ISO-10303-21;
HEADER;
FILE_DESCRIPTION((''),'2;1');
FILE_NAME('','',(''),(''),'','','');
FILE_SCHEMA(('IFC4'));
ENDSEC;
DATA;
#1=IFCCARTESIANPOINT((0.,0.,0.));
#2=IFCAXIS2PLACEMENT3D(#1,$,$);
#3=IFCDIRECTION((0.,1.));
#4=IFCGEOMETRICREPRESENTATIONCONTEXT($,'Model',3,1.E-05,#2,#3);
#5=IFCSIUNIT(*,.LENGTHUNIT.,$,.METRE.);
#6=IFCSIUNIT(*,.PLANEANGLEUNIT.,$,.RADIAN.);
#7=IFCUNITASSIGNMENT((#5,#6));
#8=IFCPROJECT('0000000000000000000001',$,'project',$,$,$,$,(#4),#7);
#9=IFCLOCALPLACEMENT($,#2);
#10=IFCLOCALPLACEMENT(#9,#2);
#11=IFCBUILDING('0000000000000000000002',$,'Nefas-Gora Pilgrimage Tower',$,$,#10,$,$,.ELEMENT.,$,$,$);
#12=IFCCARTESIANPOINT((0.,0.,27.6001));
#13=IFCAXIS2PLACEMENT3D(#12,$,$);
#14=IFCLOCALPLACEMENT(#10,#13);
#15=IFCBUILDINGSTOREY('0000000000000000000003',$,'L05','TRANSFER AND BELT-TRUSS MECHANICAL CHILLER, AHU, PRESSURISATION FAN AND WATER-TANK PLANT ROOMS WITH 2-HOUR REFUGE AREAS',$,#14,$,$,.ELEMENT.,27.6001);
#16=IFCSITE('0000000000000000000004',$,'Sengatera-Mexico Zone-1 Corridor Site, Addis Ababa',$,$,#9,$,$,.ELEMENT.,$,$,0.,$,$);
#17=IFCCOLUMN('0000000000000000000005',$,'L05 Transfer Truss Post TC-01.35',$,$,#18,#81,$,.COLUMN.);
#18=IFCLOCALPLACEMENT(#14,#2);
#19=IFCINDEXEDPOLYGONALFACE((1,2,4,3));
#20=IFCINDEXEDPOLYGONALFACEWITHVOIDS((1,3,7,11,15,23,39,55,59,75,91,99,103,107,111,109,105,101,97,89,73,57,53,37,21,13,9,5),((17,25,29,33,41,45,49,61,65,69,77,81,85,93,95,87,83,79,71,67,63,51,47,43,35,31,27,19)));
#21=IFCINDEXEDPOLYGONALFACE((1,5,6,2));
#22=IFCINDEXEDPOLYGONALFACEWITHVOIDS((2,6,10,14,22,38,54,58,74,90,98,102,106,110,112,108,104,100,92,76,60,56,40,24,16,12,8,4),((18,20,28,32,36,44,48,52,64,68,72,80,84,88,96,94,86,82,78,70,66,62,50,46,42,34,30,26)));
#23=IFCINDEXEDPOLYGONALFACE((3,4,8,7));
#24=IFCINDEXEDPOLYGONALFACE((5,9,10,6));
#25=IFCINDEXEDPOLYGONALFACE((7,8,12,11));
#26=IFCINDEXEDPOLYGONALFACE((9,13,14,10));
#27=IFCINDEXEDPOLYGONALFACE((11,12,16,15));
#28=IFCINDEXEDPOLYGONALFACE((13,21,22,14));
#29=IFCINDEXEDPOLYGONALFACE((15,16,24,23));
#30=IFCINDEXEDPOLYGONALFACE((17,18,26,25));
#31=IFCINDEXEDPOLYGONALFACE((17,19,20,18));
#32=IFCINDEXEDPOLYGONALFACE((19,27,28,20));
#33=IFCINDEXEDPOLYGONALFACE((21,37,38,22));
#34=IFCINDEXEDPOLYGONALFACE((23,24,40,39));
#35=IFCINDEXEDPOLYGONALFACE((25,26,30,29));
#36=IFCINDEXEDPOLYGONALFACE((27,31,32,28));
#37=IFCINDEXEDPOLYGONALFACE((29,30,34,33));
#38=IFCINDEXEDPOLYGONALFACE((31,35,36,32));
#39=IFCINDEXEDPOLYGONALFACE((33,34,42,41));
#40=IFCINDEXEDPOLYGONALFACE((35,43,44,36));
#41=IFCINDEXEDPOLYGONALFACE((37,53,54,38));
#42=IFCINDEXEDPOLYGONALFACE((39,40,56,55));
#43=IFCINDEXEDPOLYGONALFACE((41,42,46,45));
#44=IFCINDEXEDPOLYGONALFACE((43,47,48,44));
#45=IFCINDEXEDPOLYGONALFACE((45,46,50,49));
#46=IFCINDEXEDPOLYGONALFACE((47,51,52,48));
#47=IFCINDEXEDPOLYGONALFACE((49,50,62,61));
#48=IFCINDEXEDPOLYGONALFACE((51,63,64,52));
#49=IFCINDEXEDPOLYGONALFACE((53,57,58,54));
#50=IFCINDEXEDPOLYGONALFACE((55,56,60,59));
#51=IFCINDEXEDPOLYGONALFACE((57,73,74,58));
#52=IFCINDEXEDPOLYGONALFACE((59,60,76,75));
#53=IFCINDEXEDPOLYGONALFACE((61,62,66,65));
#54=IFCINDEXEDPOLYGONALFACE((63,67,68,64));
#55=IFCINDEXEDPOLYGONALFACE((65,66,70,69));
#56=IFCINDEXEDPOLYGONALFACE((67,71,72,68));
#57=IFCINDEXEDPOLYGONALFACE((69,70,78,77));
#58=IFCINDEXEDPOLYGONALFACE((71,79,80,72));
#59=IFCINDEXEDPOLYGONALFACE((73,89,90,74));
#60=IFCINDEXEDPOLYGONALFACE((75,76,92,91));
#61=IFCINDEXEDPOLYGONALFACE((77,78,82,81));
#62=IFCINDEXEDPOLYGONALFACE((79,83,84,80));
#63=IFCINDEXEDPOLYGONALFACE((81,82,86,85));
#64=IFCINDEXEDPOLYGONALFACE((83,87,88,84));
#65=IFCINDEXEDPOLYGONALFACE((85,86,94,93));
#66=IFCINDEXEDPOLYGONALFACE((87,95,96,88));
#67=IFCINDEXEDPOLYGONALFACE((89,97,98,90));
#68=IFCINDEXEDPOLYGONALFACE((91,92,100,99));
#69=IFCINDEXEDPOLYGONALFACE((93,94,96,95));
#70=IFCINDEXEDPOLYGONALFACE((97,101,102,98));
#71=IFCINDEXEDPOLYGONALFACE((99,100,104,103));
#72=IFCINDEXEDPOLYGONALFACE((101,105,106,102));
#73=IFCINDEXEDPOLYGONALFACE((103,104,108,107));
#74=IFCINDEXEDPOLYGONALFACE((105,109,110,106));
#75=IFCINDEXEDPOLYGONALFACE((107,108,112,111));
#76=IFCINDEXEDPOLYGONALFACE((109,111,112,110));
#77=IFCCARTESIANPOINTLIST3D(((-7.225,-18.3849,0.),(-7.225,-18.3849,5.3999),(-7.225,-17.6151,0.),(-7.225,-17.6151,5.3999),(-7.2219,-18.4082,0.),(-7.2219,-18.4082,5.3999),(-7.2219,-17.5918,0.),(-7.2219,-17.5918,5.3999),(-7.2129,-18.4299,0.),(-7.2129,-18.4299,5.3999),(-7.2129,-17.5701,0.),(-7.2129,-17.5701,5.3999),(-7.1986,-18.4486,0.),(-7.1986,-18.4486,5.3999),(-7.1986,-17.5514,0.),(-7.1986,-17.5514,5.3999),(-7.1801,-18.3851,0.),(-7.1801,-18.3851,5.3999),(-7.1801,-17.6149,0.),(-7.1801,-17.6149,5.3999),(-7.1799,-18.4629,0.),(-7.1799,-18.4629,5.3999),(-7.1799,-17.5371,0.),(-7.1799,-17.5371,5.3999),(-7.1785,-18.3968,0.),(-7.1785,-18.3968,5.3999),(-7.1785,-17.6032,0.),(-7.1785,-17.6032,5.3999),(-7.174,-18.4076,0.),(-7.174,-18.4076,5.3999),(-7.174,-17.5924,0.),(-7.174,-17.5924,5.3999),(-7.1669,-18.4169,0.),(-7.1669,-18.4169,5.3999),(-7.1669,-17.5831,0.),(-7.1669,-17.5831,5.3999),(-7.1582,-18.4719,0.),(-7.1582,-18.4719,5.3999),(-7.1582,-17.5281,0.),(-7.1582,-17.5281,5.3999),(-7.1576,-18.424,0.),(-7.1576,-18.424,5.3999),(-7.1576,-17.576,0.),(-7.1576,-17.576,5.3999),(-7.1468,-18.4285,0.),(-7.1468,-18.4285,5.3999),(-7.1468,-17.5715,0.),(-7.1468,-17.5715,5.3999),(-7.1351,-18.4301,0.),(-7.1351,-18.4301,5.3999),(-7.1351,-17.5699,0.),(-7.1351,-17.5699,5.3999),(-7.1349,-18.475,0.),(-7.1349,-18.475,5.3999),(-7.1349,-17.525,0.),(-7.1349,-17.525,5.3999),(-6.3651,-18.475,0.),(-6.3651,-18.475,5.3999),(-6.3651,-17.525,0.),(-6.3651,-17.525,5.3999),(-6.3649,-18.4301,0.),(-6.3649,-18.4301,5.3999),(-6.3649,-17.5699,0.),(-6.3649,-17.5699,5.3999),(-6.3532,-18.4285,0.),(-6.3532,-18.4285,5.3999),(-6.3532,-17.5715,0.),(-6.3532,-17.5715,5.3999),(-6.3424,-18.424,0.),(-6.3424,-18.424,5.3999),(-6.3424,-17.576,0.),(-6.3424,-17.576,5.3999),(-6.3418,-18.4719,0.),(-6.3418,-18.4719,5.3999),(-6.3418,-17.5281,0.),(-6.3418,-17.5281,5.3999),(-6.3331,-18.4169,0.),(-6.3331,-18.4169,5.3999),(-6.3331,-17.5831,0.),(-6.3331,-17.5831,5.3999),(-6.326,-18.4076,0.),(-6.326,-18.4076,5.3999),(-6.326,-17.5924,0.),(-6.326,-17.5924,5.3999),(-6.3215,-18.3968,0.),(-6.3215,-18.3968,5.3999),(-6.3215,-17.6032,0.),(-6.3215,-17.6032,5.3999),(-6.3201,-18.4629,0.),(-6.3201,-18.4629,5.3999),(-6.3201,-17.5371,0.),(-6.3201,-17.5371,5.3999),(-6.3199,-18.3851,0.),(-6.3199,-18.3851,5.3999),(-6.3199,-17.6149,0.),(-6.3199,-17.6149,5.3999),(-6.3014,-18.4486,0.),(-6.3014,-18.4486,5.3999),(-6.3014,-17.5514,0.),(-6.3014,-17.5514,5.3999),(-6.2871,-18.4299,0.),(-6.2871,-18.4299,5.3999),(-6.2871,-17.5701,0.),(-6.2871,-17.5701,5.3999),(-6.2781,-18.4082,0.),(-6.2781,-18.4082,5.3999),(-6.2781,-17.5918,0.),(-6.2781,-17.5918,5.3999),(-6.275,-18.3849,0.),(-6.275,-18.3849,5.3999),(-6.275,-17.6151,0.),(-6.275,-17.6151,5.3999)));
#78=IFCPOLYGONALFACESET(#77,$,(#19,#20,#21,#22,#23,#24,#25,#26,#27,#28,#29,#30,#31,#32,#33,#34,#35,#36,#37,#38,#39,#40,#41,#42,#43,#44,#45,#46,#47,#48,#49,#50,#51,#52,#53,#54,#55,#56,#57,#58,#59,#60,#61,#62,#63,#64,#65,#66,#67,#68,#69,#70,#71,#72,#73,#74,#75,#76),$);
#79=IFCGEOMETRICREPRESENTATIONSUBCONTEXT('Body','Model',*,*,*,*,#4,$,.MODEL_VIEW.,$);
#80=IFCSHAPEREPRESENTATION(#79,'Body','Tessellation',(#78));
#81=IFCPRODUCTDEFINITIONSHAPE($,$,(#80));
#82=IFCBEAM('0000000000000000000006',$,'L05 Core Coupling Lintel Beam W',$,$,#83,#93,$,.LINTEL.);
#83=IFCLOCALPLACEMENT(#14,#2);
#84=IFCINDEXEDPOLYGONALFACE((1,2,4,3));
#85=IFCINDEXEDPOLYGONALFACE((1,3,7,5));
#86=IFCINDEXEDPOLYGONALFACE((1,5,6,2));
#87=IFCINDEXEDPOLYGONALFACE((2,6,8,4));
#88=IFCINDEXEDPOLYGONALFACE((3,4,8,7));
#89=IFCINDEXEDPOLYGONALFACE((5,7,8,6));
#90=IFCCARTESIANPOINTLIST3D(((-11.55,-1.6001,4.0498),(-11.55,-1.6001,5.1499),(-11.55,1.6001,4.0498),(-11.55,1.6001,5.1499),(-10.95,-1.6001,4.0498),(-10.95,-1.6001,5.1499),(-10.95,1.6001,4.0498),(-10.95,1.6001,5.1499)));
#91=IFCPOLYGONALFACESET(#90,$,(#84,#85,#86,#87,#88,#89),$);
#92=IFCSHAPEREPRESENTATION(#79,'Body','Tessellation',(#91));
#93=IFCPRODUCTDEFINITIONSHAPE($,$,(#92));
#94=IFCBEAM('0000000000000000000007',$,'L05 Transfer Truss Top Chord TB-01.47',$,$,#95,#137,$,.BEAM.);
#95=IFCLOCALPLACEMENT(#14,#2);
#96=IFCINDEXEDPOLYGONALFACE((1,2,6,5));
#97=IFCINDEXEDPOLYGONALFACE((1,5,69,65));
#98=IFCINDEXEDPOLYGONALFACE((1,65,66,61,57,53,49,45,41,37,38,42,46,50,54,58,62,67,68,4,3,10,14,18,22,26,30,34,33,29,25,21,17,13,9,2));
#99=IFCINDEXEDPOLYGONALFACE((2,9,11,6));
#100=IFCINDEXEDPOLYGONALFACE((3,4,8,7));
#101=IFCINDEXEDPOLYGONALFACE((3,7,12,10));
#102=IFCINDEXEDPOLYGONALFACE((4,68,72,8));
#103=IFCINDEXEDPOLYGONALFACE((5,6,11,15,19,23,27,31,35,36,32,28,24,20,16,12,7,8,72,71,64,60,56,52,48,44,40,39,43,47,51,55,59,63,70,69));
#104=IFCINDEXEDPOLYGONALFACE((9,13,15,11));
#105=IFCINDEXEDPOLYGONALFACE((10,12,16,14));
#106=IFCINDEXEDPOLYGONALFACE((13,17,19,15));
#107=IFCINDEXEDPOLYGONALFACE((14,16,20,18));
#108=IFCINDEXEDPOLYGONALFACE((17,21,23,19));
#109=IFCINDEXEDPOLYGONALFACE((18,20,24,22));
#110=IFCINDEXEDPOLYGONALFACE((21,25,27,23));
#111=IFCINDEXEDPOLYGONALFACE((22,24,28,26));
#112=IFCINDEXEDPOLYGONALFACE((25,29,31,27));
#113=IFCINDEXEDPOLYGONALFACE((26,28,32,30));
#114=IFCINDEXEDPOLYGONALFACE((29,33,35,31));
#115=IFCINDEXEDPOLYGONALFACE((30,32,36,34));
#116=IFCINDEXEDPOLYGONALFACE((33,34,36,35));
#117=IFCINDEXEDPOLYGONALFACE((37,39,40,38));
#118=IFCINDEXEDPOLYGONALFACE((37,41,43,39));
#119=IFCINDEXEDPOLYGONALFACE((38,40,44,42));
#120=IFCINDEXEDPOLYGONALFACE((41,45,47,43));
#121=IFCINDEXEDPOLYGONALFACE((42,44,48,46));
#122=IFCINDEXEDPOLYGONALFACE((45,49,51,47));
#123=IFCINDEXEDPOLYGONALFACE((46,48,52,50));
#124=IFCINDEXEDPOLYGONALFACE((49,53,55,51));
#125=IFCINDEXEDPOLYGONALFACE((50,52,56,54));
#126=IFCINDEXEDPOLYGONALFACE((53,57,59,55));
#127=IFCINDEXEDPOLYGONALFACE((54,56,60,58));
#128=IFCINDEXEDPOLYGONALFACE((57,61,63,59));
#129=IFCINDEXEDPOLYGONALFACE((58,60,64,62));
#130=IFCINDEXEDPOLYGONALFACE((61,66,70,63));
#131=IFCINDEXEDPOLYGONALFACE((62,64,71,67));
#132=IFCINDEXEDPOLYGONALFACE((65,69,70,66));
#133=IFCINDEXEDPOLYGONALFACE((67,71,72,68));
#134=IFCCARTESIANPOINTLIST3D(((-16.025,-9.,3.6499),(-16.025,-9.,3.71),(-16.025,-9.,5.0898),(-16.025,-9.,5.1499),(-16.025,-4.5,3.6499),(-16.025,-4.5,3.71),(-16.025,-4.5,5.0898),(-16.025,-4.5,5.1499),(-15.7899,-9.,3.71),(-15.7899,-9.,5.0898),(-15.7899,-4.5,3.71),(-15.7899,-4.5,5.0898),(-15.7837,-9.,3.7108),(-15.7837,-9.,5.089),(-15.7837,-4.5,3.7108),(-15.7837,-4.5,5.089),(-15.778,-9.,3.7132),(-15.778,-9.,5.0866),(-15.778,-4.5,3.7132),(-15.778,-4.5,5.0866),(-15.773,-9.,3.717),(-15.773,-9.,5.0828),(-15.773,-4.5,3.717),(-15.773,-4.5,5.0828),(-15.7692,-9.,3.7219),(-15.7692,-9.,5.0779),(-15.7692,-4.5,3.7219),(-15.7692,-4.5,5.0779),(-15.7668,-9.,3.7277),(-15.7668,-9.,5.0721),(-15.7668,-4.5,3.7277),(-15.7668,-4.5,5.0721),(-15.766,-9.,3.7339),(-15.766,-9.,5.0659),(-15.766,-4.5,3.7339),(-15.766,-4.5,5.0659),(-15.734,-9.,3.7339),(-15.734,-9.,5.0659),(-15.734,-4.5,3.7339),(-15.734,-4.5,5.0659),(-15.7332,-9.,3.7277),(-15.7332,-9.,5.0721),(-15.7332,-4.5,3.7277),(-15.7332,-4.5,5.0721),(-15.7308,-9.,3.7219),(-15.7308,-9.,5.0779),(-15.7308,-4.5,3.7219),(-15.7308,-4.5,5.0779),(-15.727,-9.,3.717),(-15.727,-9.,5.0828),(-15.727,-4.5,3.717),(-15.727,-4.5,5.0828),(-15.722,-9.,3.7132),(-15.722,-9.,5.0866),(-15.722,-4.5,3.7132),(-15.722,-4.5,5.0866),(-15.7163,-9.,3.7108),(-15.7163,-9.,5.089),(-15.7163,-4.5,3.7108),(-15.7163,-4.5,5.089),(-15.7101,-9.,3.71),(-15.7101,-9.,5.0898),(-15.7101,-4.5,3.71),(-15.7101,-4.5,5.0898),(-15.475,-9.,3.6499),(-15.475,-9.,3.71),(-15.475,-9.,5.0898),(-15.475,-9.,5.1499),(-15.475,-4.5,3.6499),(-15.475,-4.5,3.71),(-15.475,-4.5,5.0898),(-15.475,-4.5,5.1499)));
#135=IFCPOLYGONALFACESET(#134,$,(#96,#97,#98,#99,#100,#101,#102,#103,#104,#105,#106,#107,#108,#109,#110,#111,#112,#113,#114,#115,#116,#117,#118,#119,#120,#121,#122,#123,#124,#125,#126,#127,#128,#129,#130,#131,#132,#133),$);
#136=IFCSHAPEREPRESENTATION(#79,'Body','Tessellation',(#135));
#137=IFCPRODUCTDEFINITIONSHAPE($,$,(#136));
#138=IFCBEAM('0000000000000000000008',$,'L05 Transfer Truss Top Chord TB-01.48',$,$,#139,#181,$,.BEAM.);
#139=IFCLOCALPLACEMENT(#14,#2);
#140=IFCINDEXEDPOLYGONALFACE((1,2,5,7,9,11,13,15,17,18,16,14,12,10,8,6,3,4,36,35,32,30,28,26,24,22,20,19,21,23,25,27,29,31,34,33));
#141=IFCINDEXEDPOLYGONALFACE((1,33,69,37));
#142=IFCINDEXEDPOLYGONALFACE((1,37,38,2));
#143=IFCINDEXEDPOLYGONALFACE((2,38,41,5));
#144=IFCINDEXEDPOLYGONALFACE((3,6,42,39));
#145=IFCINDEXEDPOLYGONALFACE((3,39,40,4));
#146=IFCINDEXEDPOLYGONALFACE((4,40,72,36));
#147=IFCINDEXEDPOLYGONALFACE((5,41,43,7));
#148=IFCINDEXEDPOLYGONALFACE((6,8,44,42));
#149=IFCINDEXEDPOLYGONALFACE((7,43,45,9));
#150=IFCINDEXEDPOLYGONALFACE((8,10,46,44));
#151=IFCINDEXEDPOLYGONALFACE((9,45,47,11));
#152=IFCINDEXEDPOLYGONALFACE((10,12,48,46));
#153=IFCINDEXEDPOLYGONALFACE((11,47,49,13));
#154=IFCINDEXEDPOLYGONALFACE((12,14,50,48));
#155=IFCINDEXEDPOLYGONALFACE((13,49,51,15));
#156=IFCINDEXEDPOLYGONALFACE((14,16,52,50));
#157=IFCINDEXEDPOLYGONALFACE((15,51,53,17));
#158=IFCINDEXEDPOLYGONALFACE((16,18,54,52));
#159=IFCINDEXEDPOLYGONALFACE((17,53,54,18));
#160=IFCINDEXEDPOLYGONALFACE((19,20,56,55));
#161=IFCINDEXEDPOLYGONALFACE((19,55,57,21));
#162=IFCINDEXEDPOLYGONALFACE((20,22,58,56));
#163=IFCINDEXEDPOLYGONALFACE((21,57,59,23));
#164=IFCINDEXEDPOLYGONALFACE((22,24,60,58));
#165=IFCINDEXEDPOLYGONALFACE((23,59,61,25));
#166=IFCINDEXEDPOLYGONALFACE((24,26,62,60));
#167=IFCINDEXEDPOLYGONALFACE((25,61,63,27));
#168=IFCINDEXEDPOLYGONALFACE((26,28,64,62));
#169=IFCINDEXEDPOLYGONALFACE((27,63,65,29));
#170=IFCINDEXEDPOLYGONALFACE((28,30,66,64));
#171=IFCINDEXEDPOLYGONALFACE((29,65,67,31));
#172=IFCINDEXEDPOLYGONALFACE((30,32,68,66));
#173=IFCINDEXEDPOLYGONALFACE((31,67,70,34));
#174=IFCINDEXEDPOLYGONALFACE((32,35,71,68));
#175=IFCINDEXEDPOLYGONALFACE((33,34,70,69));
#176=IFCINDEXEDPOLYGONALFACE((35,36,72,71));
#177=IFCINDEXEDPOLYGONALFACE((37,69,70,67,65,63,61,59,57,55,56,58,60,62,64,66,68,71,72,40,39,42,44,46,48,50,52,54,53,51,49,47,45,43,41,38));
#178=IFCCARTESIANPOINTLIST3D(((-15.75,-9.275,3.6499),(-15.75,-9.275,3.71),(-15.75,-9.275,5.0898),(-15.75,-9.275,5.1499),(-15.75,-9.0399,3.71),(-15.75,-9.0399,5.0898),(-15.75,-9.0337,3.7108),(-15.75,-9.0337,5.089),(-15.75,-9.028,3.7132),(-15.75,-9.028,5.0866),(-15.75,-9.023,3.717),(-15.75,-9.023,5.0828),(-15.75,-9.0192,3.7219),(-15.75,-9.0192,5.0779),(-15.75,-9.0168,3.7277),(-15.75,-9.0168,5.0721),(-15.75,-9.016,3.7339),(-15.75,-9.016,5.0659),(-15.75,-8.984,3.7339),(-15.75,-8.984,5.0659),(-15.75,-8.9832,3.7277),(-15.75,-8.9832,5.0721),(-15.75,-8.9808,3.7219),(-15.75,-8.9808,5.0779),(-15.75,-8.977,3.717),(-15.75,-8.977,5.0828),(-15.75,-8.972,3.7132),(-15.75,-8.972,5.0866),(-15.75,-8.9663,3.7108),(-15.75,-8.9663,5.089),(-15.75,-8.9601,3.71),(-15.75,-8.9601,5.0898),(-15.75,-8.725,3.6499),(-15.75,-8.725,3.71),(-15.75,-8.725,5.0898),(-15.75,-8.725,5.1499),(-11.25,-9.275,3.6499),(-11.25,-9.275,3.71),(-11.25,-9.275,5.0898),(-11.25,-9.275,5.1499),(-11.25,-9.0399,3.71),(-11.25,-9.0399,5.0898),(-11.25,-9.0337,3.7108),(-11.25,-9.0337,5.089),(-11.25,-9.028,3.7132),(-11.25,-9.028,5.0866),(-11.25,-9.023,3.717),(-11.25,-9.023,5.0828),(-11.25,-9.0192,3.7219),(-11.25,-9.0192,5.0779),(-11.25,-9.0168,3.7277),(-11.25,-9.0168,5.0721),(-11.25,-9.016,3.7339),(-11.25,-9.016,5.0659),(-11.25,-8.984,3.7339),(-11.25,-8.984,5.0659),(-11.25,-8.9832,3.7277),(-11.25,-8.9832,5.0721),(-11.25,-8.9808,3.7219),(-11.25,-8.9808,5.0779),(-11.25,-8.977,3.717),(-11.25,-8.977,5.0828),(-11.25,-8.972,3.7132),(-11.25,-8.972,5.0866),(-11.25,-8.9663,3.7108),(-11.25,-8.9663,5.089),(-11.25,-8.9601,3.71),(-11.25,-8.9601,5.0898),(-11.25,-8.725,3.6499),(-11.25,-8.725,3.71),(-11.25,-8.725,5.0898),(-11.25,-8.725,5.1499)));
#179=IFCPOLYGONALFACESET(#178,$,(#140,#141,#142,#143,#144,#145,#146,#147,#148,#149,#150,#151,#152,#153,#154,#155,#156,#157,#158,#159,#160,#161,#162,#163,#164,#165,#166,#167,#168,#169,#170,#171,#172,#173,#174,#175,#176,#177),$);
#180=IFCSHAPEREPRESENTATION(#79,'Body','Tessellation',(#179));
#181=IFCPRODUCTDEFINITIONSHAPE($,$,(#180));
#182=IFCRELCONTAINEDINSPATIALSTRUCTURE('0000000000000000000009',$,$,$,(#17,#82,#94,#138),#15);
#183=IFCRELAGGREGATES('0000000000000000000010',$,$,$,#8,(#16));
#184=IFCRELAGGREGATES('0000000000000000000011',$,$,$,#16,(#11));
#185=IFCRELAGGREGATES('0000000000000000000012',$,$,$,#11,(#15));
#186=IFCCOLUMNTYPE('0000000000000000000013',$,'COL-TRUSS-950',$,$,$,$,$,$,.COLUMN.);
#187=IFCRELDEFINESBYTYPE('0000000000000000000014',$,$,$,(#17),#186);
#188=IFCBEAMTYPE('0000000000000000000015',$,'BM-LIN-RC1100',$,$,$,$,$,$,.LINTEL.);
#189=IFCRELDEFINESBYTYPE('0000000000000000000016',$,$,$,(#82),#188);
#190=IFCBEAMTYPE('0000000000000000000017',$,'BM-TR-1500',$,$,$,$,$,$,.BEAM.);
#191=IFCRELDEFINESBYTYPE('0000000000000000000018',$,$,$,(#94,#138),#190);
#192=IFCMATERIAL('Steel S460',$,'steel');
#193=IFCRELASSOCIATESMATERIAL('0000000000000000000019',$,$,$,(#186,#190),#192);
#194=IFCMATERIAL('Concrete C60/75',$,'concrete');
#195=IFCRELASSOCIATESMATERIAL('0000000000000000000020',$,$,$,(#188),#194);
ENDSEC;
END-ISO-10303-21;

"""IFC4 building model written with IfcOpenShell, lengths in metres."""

from ifc_helpers import new_model, si_unit, direction, frame, origin, origin_2d, place, context, subcontext, project, spatial, rectangle, hollow_rectangle, i_section, extrude, source, transform, mapped, material, material_profile, profile_set, type_object, element, save


model = new_model("IFC4")

# Units and contexts
model_context = context("Model", 3, precision=1e-05, world=origin(), true_north=direction((0.0, 1.0)))
body_context = subcontext(model_context, "Body", "Model", "MODEL_VIEW")
ifc_project = project(units=[si_unit("LENGTHUNIT", "METRE"), si_unit("PLANEANGLEUNIT", "RADIAN")], contexts=[model_context])

# Site, building, storey
site_placement = place(None, origin())
site = spatial("IfcSite", under=ifc_project, at=site_placement, Name="Sengatera-Mexico Zone-1 Corridor Site, Addis Ababa", CompositionType="ELEMENT", RefElevation=0.0)
building_placement = place(site_placement, origin())
building = spatial("IfcBuilding", under=site, at=building_placement, Name="Nefas-Gora Pilgrimage Tower", CompositionType="ELEMENT")
storey_placement = place(building_placement, frame((0.0, 0.0, 27.6001)))
storey = spatial("IfcBuildingStorey", under=building, at=storey_placement, Name="L05", Description="TRANSFER AND BELT-TRUSS MECHANICAL CHILLER, AHU, PRESSURISATION FAN AND WATER-TANK PLANT ROOMS WITH 2-HOUR REFUGE AREAS", CompositionType="ELEMENT", Elevation=27.6001)

# Column
ifc_material_1 = material(Name="Steel S460", Category="steel")
ifc_material_profile_1 = material_profile(ifc_material_1, hollow_rectangle(XDim=0.95, YDim=0.95, WallThickness=0.0449, InnerFilletRadius=0.0449, OuterFilletRadius=0.0901, at=origin_2d()), Name="BOX 950x950x45")
ifc_profile_set_1 = profile_set([ifc_material_profile_1], Name="Steel S460")
column_type_1 = type_object("IfcColumnType", Name="COL-TRUSS-950", PredefinedType="COLUMN", material=ifc_profile_set_1)
shared_shape_1 = source(origin(), body_context, "Body", "SweptSolid", [
    extrude(hollow_rectangle(XDim=0.95, YDim=0.95, WallThickness=0.0449, InnerFilletRadius=0.0449, OuterFilletRadius=0.0901, at=origin_2d()), origin(), (0.0, 0.0, 1.0), 5.3999),
])
for number, where, z_axis, x_axis, name in (
    (1, (-6.75, -18.0, 0.0), (0.0, 0.0, 1.0), (1.0, 0.0, 0.0), "L05 Transfer Truss Post TC-01.35"),
):
    element("IfcColumn", number, at=place(storey_placement, frame(where, z_axis=z_axis, x_axis=x_axis)), inside=storey, type_object=column_type_1, Name=name, PredefinedType="COLUMN", context=body_context, shape_type="MappedRepresentation", body=[
        mapped(shared_shape_1, transform((0.0, 0.0, 0.0), x_axis=(1.0, 0.0, 0.0), y_axis=(0.0, 1.0, 0.0), z_axis=(0.0, 0.0, 1.0), scale=1.0)),
    ])

# Beams
ifc_material_2 = material(Name="Concrete C60/75", Category="concrete")
ifc_material_profile_2 = material_profile(ifc_material_2, rectangle(XDim=0.6001, YDim=1.1001, at=origin_2d()), Name="RC 600x1100")
ifc_profile_set_2 = profile_set([ifc_material_profile_2], Name="Concrete C60/75")
beam_type_1 = type_object("IfcBeamType", Name="BM-LIN-RC1100", PredefinedType="LINTEL", material=ifc_profile_set_2)
shared_shape_2 = source(origin(), body_context, "Body", "SweptSolid", [
    extrude(rectangle(XDim=0.6001, YDim=1.1001, at=origin_2d()), origin(), (0.0, 0.0, 1.0), 3.2002),
])
beam_placement = place(storey_placement, frame((-11.25, -1.6001, 4.5999), z_axis=(0.0, 1.0, 0.0), x_axis=(-1.0, 0.0, 0.0)))
element("IfcBeam", 2, at=beam_placement, inside=storey, type_object=beam_type_1, Name="L05 Core Coupling Lintel Beam W", PredefinedType="LINTEL", context=body_context, shape_type="MappedRepresentation", body=[
    mapped(shared_shape_2, transform((0.0, 0.0, 0.0), x_axis=(1.0, 0.0, 0.0), y_axis=(0.0, 1.0, 0.0), z_axis=(0.0, 0.0, 1.0), scale=1.0)),
])
ifc_material_profile_3 = material_profile(ifc_material_1, i_section(OverallWidth=0.55, OverallDepth=1.5, WebThickness=0.032, FlangeThickness=0.0601, FilletRadius=0.0239, at=origin_2d()), Name="WPG 1500x550x32x60")
ifc_profile_set_3 = profile_set([ifc_material_profile_3], Name="Steel S460")
beam_type_2 = type_object("IfcBeamType", Name="BM-TR-1500", PredefinedType="BEAM", material=ifc_profile_set_3)
shared_shape_3 = source(origin(), body_context, "Body", "SweptSolid", [
    extrude(i_section(OverallWidth=0.55, OverallDepth=1.5, WebThickness=0.032, FlangeThickness=0.0601, FilletRadius=0.0239, at=origin_2d()), origin(), (0.0, 0.0, 1.0), 4.5),
])
for number, where, z_axis, x_axis, name in (
    (3, (-15.75, -9.0, 4.3999), (0.0, 1.0, 0.0), (-1.0, 0.0, 0.0), "L05 Transfer Truss Top Chord TB-01.47"),
    (4, (-15.75, -9.0, 4.3999), (1.0, 0.0, 0.0), (0.0, 1.0, 0.0), "L05 Transfer Truss Top Chord TB-01.48"),
):
    element("IfcBeam", number, at=place(storey_placement, frame(where, z_axis=z_axis, x_axis=x_axis)), inside=storey, type_object=beam_type_2, Name=name, PredefinedType="BEAM", context=body_context, shape_type="MappedRepresentation", body=[
        mapped(shared_shape_3, transform((0.0, 0.0, 0.0), x_axis=(1.0, 0.0, 0.0), y_axis=(0.0, 1.0, 0.0), z_axis=(0.0, 0.0, 1.0), scale=1.0)),
    ])

save(model, "model.ifc")
